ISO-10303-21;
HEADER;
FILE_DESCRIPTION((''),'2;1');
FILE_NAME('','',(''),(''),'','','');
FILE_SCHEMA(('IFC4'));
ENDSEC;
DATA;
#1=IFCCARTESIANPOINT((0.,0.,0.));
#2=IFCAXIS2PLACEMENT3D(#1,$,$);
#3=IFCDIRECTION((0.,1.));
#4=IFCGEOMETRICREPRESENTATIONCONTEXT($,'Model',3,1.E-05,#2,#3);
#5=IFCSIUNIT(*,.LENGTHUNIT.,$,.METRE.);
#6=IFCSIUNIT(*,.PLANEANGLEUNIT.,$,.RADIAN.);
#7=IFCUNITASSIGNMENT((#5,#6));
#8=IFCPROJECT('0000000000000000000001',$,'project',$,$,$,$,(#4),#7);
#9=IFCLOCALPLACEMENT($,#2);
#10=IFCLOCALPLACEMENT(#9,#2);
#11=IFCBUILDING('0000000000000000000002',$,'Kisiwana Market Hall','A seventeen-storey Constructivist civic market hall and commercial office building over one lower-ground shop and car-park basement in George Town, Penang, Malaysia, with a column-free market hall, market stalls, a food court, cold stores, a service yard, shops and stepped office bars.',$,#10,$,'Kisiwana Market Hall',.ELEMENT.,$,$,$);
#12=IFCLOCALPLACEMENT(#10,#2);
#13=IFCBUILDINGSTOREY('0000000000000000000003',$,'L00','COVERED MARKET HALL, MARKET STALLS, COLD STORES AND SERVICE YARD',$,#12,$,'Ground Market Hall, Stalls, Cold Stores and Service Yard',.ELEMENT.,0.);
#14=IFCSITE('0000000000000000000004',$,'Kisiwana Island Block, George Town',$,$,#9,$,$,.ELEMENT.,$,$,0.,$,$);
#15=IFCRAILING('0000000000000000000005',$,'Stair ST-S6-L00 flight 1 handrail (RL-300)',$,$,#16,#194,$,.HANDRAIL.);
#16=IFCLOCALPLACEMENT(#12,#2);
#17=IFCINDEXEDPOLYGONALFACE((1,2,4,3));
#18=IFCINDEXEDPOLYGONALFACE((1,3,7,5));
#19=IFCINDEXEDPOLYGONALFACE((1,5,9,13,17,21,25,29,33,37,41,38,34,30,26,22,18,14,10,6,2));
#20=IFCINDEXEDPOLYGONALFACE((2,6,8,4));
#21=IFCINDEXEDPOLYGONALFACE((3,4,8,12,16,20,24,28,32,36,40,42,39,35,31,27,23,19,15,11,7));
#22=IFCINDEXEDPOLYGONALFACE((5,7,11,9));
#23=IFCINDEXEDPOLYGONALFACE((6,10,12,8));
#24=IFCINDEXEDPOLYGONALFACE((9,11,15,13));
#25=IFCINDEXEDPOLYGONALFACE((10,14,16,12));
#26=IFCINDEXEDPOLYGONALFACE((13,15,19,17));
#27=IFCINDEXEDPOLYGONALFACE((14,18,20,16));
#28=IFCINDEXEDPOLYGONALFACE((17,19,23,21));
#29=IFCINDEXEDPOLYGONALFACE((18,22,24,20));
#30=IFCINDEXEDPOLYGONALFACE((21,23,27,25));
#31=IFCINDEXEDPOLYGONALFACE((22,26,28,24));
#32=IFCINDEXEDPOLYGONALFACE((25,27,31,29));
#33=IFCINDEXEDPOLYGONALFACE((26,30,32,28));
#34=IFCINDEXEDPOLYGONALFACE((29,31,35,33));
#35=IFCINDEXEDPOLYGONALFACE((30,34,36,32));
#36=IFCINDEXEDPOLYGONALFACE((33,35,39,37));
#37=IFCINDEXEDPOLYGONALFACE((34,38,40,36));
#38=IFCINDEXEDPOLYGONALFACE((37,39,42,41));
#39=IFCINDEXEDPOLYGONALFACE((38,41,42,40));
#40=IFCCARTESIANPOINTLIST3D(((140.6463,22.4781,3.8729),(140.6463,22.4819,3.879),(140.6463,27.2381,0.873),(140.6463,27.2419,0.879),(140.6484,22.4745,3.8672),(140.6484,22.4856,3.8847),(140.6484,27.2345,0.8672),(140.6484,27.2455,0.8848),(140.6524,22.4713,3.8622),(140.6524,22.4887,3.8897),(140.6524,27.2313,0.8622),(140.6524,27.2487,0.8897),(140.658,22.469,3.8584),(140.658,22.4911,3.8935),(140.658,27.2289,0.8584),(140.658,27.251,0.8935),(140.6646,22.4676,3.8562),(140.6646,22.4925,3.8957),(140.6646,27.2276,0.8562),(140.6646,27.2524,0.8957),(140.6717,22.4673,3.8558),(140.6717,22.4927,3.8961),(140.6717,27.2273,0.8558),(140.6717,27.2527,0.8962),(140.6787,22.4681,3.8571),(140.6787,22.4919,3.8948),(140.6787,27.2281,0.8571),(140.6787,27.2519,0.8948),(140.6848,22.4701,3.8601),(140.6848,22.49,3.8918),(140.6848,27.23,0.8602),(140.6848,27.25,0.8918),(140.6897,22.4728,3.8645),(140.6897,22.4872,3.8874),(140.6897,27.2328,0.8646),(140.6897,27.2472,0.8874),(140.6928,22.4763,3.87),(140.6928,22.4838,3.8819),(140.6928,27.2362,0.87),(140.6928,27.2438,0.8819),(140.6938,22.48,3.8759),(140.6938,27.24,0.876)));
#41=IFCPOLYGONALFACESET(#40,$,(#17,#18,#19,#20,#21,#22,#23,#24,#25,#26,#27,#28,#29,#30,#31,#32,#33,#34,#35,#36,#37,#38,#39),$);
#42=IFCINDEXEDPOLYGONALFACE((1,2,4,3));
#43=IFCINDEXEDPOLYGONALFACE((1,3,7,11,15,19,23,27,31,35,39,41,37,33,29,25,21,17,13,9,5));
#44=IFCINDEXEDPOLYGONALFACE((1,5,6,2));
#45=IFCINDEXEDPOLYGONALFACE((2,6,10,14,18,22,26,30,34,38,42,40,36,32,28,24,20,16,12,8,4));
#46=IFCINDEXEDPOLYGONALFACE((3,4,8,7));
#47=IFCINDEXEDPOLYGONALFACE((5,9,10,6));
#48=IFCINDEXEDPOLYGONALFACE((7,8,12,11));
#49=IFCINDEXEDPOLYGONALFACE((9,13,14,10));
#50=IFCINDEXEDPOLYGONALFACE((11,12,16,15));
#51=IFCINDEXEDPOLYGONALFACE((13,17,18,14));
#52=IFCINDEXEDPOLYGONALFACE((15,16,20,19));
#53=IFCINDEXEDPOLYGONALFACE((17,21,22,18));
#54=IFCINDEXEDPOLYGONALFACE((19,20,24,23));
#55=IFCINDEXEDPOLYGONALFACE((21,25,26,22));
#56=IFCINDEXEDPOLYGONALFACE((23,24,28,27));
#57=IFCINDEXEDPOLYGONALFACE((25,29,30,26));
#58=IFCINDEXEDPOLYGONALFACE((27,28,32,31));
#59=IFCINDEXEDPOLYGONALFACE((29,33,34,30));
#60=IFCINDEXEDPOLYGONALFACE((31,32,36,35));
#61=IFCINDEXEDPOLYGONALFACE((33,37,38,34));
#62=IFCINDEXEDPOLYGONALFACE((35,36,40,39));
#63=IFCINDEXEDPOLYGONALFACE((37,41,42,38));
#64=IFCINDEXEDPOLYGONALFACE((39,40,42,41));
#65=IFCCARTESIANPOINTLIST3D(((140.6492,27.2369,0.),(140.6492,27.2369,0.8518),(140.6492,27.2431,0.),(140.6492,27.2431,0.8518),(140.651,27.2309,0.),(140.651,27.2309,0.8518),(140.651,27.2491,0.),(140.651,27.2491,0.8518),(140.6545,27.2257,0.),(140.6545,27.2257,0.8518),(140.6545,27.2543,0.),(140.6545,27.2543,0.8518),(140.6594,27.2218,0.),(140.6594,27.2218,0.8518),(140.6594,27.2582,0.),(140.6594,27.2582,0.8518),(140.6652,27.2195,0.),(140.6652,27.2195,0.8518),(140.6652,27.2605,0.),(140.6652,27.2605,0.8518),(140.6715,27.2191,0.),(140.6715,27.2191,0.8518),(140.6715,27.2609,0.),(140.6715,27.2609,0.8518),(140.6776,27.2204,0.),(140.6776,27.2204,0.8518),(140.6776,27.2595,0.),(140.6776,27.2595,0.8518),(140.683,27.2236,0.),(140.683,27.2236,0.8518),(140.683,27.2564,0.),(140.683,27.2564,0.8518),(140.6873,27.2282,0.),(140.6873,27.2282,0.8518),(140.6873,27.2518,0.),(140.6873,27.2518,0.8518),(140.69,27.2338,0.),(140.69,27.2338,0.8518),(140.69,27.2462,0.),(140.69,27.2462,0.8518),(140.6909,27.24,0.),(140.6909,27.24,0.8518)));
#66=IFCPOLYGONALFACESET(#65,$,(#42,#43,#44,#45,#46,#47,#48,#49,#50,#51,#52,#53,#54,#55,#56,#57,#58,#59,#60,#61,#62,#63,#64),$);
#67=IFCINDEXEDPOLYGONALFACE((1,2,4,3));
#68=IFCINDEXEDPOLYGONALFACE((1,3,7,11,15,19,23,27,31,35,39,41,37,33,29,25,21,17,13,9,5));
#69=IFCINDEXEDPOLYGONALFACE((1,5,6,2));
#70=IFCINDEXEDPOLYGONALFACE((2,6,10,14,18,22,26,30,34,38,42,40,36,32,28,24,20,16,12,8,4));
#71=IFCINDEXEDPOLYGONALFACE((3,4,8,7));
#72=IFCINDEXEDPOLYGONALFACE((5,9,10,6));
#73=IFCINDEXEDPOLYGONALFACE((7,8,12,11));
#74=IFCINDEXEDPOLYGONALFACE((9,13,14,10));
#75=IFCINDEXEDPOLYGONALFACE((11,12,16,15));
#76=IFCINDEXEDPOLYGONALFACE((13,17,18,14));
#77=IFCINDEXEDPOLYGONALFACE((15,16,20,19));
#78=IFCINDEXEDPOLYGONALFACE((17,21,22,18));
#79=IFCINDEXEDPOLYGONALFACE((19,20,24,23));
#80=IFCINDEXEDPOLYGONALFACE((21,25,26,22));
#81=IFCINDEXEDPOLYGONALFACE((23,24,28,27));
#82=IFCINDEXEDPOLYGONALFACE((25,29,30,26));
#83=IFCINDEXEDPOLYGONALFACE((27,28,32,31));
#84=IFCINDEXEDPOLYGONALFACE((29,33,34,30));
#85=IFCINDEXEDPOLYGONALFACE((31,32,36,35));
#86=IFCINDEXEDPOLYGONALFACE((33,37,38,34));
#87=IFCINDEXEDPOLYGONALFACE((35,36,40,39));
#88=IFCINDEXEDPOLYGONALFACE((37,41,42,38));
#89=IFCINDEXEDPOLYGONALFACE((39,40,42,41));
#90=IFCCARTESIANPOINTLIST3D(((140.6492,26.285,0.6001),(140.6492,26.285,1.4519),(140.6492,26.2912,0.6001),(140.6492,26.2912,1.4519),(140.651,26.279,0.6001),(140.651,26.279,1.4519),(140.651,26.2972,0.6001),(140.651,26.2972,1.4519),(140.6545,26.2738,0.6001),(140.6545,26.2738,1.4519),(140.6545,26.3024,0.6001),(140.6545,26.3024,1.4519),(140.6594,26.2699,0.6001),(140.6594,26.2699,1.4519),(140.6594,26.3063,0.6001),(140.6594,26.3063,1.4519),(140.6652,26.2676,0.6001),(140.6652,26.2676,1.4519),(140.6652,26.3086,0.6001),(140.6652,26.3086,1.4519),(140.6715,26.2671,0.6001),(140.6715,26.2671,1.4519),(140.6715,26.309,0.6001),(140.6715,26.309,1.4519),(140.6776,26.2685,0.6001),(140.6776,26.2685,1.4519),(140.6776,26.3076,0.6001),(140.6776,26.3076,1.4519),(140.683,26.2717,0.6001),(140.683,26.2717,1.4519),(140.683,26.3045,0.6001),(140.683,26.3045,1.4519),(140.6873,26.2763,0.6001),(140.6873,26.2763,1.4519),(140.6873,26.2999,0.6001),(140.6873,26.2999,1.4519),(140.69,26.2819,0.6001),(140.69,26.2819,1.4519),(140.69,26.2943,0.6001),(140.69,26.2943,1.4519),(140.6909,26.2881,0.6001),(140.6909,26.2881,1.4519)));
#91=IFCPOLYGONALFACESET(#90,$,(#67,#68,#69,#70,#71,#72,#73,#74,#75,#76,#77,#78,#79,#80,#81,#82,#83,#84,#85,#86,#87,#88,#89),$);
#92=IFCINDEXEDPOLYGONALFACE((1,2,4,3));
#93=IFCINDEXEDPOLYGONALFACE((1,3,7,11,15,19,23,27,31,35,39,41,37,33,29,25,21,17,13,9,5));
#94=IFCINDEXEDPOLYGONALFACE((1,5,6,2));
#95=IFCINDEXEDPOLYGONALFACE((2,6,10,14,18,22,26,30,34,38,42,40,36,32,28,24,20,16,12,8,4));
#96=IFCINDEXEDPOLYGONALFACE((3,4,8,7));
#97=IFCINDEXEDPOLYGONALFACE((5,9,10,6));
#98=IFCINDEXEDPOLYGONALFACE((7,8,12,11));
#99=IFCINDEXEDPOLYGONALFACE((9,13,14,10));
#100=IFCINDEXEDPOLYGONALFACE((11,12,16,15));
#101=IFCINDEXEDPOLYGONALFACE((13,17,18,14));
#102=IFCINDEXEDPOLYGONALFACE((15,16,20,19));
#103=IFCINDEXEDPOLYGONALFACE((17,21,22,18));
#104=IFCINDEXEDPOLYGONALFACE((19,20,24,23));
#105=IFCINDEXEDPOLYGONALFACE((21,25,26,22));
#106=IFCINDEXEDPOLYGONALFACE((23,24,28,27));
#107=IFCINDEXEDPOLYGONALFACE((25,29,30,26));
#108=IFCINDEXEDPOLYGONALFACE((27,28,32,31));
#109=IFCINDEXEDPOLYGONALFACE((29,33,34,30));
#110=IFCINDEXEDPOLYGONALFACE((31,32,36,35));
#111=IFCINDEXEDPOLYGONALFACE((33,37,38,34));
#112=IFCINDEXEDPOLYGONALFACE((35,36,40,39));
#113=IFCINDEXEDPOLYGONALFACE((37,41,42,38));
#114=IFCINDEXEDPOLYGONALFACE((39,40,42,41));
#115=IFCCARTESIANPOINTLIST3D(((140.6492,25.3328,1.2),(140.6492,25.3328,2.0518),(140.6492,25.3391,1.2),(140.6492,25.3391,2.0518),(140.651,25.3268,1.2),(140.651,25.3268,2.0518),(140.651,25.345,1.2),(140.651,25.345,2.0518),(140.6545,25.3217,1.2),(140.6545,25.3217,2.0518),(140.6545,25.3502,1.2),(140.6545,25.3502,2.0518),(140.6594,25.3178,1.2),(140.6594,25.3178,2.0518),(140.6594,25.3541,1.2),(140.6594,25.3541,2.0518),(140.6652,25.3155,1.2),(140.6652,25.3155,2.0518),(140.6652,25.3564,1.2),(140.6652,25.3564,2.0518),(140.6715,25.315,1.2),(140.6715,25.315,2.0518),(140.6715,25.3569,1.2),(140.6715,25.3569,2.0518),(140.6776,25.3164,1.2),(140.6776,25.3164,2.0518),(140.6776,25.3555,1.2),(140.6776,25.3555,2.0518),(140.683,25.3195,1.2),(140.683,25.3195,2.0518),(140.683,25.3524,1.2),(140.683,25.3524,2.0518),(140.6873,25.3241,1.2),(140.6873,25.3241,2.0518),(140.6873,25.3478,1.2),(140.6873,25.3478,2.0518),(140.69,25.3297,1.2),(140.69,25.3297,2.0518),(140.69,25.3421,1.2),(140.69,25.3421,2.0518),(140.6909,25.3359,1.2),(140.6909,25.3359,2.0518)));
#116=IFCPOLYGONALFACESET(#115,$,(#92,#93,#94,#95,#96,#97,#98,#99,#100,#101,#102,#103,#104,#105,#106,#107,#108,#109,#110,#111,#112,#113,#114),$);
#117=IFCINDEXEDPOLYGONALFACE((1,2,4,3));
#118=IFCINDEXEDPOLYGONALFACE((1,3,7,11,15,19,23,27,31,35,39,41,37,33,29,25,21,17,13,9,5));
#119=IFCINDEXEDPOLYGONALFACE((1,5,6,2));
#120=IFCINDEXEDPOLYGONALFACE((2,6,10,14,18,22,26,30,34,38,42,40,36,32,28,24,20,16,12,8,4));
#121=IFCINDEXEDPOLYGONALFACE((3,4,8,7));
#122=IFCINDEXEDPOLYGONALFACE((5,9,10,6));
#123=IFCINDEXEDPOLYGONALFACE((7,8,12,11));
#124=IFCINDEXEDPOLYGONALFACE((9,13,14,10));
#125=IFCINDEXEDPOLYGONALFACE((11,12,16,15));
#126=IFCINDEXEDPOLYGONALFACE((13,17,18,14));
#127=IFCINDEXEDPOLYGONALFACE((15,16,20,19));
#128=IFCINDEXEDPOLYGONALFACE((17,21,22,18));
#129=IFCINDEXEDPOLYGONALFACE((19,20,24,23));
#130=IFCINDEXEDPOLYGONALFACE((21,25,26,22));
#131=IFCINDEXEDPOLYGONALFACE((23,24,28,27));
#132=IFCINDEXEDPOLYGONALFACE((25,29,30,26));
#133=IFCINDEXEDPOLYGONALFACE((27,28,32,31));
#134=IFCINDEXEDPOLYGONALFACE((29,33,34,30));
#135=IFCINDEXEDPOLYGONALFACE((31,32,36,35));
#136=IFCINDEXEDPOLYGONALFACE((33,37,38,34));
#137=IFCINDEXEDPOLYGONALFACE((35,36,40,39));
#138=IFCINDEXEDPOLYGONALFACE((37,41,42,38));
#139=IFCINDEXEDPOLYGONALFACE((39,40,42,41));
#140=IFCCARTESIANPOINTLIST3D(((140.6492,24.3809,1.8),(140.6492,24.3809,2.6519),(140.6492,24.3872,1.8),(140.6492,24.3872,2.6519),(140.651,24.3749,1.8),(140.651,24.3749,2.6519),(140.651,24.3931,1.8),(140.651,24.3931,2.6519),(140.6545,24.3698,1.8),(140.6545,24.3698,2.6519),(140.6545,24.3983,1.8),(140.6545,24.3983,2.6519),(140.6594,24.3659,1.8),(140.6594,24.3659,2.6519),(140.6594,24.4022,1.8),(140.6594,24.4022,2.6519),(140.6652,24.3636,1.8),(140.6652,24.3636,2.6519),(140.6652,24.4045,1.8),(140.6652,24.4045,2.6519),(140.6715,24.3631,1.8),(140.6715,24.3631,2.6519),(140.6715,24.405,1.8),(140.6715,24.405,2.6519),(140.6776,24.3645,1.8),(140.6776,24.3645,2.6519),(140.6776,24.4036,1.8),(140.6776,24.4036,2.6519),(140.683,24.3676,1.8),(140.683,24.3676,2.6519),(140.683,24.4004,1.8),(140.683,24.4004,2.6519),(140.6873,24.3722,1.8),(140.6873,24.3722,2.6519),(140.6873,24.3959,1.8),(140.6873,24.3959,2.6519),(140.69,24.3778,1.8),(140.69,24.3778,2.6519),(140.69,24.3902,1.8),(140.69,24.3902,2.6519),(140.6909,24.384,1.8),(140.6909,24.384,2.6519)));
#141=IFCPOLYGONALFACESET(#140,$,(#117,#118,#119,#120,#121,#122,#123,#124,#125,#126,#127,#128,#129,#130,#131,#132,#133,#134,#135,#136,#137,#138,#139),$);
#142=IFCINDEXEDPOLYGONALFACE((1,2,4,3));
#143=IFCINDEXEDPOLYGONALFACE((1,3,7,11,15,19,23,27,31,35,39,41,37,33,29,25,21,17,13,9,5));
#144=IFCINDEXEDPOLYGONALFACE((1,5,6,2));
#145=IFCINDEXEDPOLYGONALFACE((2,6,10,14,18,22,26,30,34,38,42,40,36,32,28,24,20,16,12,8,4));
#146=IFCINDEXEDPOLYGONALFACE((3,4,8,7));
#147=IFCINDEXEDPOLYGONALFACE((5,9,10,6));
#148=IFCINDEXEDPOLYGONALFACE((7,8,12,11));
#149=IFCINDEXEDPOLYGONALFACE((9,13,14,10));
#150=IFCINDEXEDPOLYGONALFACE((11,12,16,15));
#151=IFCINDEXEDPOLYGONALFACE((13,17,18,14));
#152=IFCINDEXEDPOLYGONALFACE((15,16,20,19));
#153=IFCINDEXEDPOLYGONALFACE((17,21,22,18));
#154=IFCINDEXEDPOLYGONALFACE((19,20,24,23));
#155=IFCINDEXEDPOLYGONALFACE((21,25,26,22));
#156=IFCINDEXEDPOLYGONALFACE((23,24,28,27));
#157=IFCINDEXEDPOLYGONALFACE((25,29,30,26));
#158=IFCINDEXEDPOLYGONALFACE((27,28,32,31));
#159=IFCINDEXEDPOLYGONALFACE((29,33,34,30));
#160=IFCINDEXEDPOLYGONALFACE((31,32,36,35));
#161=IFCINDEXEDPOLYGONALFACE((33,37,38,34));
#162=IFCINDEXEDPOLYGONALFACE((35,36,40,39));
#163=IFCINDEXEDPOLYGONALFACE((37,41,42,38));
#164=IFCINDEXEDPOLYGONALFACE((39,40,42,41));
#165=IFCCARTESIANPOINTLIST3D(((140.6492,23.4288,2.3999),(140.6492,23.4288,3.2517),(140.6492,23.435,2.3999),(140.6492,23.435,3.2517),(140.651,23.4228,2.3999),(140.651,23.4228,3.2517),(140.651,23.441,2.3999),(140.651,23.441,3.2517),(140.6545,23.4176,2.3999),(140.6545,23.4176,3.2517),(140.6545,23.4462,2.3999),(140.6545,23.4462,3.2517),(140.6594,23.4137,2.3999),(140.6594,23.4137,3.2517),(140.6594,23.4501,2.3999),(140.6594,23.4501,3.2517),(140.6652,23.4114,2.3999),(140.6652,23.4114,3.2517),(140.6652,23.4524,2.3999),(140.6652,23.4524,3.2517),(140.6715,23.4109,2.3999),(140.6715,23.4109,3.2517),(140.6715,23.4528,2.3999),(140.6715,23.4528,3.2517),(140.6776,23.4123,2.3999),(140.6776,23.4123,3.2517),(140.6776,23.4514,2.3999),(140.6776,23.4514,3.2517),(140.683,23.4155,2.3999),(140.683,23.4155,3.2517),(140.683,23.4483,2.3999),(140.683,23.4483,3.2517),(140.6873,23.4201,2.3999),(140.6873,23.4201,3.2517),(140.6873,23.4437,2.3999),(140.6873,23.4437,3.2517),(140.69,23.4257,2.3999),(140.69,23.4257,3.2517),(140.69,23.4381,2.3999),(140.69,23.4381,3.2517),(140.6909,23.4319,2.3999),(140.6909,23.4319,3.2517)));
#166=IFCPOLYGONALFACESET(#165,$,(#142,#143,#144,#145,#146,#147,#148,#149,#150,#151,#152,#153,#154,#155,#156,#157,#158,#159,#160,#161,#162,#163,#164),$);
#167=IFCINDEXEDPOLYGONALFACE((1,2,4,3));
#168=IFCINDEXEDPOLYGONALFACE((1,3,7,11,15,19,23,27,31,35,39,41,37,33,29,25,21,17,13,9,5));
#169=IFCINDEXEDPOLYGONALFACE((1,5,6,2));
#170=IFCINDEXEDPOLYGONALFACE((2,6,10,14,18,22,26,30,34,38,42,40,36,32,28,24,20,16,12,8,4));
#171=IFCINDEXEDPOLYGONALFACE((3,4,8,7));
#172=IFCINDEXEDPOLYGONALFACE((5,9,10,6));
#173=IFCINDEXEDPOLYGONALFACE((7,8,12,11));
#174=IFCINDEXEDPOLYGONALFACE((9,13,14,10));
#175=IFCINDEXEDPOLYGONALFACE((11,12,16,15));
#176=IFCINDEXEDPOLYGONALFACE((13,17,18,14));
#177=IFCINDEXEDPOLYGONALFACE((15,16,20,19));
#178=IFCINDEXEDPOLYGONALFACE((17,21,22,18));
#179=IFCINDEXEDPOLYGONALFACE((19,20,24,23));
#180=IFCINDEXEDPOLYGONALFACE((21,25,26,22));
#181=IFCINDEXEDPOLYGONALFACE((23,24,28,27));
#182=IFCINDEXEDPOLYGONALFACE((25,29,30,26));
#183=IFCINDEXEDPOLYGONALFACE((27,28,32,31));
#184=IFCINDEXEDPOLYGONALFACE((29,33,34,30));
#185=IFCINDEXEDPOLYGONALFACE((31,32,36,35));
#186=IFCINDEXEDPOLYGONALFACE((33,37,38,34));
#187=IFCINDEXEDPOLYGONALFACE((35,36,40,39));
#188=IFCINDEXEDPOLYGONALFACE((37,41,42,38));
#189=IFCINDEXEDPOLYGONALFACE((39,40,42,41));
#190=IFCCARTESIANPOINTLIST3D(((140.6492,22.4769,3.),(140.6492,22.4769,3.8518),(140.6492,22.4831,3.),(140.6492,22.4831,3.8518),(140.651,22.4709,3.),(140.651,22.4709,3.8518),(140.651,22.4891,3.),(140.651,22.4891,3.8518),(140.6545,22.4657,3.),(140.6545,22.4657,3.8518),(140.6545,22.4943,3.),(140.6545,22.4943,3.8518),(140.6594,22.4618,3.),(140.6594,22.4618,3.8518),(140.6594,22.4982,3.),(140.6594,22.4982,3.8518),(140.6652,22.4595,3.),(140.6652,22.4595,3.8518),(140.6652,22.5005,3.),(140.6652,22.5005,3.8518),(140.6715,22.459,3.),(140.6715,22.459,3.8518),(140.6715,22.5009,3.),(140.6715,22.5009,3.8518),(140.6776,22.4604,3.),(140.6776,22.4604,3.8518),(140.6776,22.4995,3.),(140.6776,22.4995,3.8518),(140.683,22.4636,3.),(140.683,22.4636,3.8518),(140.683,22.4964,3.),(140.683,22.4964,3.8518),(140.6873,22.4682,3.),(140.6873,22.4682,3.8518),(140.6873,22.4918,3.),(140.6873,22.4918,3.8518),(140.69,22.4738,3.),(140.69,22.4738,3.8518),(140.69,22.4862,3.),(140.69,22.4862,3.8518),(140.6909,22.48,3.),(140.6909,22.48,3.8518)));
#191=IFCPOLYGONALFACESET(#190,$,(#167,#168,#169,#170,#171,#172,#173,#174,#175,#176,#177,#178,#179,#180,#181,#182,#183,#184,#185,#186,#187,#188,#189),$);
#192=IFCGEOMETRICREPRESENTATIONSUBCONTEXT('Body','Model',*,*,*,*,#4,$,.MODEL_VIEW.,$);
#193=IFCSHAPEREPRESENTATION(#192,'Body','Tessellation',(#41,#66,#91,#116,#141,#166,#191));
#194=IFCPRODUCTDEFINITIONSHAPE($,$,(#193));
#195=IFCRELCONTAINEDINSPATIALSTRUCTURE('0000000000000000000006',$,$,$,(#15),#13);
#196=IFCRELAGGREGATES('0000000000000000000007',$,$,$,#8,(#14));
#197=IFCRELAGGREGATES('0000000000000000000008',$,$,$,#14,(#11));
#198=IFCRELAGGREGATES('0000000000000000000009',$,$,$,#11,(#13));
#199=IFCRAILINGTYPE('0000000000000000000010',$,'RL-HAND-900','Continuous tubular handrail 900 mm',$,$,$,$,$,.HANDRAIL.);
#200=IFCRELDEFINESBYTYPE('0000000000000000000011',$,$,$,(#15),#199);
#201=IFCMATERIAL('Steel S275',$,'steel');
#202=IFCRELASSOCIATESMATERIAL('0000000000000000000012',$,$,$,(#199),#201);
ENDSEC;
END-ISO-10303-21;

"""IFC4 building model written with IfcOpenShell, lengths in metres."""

from ifc_helpers import new_model, si_unit, direction, frame, origin, origin_2d, place, context, subcontext, project, spatial, circle, extrude, material, type_object, element, save


model = new_model("IFC4")

# Units and contexts
model_context = context("Model", 3, precision=1e-05, world=origin(), true_north=direction((0.0, 1.0)))
body_context = subcontext(model_context, "Body", "Model", "MODEL_VIEW")
ifc_project = project(units=[si_unit("LENGTHUNIT", "METRE"), si_unit("PLANEANGLEUNIT", "RADIAN")], contexts=[model_context])

# Site, building, storey
site_placement = place(None, origin())
site = spatial("IfcSite", under=ifc_project, at=site_placement, Name="Kisiwana Island Block, George Town", CompositionType="ELEMENT", RefElevation=0.0)
building_placement = place(site_placement, origin())
building = spatial("IfcBuilding", under=site, at=building_placement, Name="Kisiwana Market Hall", Description="A seventeen-storey Constructivist civic market hall and commercial office building over one lower-ground shop and car-park basement in George Town, Penang, Malaysia, with a column-free market hall, market stalls, a food court, cold stores, a service yard, shops and stepped office bars.", LongName="Kisiwana Market Hall", CompositionType="ELEMENT")
storey_placement = place(building_placement, origin())
storey = spatial("IfcBuildingStorey", under=building, at=storey_placement, Name="L00", Description="COVERED MARKET HALL, MARKET STALLS, COLD STORES AND SERVICE YARD", LongName="Ground Market Hall, Stalls, Cold Stores and Service Yard", CompositionType="ELEMENT", Elevation=0.0)

# Railing
ifc_material_1 = material(Name="Steel S275", Category="steel")
railing_type = type_object("IfcRailingType", Name="RL-HAND-900", Description="Continuous tubular handrail 900 mm", PredefinedType="HANDRAIL", material=ifc_material_1)
railing_placement = place(storey_placement, frame((140.6699, 27.24, 0.0)))
element("IfcRailing", 1, at=railing_placement, inside=storey, type_object=railing_type, Name="Stair ST-S6-L00 flight 1 handrail (RL-300)", PredefinedType="HANDRAIL", context=body_context, shape_type="SweptSolid", body=[
    extrude(circle(Radius=0.0239, at=origin_2d()), frame((0.0, 0.0, 0.876), z_axis=(0.0, -0.845996, 0.53319), x_axis=(1.0, 0.0, 0.0)), (0.0, 0.0, 1.0), 5.6265),
    extrude(circle(Radius=0.021, at=origin_2d()), origin(), (0.0, 0.0, 1.0), 0.8518),
    extrude(circle(Radius=0.021, at=origin_2d()), frame((0.0, -0.9519, 0.6001)), (0.0, 0.0, 1.0), 0.8518),
    extrude(circle(Radius=0.021, at=origin_2d()), frame((0.0, -1.9041, 1.2)), (0.0, 0.0, 1.0), 0.8518),
    extrude(circle(Radius=0.021, at=origin_2d()), frame((0.0, -2.856, 1.8)), (0.0, 0.0, 1.0), 0.8518),
    extrude(circle(Radius=0.021, at=origin_2d()), frame((0.0, -3.8081, 2.3999)), (0.0, 0.0, 1.0), 0.8518),
    extrude(circle(Radius=0.021, at=origin_2d()), frame((0.0, -4.76, 3.0)), (0.0, 0.0, 1.0), 0.8518),
])

save(model, "model.ifc")
